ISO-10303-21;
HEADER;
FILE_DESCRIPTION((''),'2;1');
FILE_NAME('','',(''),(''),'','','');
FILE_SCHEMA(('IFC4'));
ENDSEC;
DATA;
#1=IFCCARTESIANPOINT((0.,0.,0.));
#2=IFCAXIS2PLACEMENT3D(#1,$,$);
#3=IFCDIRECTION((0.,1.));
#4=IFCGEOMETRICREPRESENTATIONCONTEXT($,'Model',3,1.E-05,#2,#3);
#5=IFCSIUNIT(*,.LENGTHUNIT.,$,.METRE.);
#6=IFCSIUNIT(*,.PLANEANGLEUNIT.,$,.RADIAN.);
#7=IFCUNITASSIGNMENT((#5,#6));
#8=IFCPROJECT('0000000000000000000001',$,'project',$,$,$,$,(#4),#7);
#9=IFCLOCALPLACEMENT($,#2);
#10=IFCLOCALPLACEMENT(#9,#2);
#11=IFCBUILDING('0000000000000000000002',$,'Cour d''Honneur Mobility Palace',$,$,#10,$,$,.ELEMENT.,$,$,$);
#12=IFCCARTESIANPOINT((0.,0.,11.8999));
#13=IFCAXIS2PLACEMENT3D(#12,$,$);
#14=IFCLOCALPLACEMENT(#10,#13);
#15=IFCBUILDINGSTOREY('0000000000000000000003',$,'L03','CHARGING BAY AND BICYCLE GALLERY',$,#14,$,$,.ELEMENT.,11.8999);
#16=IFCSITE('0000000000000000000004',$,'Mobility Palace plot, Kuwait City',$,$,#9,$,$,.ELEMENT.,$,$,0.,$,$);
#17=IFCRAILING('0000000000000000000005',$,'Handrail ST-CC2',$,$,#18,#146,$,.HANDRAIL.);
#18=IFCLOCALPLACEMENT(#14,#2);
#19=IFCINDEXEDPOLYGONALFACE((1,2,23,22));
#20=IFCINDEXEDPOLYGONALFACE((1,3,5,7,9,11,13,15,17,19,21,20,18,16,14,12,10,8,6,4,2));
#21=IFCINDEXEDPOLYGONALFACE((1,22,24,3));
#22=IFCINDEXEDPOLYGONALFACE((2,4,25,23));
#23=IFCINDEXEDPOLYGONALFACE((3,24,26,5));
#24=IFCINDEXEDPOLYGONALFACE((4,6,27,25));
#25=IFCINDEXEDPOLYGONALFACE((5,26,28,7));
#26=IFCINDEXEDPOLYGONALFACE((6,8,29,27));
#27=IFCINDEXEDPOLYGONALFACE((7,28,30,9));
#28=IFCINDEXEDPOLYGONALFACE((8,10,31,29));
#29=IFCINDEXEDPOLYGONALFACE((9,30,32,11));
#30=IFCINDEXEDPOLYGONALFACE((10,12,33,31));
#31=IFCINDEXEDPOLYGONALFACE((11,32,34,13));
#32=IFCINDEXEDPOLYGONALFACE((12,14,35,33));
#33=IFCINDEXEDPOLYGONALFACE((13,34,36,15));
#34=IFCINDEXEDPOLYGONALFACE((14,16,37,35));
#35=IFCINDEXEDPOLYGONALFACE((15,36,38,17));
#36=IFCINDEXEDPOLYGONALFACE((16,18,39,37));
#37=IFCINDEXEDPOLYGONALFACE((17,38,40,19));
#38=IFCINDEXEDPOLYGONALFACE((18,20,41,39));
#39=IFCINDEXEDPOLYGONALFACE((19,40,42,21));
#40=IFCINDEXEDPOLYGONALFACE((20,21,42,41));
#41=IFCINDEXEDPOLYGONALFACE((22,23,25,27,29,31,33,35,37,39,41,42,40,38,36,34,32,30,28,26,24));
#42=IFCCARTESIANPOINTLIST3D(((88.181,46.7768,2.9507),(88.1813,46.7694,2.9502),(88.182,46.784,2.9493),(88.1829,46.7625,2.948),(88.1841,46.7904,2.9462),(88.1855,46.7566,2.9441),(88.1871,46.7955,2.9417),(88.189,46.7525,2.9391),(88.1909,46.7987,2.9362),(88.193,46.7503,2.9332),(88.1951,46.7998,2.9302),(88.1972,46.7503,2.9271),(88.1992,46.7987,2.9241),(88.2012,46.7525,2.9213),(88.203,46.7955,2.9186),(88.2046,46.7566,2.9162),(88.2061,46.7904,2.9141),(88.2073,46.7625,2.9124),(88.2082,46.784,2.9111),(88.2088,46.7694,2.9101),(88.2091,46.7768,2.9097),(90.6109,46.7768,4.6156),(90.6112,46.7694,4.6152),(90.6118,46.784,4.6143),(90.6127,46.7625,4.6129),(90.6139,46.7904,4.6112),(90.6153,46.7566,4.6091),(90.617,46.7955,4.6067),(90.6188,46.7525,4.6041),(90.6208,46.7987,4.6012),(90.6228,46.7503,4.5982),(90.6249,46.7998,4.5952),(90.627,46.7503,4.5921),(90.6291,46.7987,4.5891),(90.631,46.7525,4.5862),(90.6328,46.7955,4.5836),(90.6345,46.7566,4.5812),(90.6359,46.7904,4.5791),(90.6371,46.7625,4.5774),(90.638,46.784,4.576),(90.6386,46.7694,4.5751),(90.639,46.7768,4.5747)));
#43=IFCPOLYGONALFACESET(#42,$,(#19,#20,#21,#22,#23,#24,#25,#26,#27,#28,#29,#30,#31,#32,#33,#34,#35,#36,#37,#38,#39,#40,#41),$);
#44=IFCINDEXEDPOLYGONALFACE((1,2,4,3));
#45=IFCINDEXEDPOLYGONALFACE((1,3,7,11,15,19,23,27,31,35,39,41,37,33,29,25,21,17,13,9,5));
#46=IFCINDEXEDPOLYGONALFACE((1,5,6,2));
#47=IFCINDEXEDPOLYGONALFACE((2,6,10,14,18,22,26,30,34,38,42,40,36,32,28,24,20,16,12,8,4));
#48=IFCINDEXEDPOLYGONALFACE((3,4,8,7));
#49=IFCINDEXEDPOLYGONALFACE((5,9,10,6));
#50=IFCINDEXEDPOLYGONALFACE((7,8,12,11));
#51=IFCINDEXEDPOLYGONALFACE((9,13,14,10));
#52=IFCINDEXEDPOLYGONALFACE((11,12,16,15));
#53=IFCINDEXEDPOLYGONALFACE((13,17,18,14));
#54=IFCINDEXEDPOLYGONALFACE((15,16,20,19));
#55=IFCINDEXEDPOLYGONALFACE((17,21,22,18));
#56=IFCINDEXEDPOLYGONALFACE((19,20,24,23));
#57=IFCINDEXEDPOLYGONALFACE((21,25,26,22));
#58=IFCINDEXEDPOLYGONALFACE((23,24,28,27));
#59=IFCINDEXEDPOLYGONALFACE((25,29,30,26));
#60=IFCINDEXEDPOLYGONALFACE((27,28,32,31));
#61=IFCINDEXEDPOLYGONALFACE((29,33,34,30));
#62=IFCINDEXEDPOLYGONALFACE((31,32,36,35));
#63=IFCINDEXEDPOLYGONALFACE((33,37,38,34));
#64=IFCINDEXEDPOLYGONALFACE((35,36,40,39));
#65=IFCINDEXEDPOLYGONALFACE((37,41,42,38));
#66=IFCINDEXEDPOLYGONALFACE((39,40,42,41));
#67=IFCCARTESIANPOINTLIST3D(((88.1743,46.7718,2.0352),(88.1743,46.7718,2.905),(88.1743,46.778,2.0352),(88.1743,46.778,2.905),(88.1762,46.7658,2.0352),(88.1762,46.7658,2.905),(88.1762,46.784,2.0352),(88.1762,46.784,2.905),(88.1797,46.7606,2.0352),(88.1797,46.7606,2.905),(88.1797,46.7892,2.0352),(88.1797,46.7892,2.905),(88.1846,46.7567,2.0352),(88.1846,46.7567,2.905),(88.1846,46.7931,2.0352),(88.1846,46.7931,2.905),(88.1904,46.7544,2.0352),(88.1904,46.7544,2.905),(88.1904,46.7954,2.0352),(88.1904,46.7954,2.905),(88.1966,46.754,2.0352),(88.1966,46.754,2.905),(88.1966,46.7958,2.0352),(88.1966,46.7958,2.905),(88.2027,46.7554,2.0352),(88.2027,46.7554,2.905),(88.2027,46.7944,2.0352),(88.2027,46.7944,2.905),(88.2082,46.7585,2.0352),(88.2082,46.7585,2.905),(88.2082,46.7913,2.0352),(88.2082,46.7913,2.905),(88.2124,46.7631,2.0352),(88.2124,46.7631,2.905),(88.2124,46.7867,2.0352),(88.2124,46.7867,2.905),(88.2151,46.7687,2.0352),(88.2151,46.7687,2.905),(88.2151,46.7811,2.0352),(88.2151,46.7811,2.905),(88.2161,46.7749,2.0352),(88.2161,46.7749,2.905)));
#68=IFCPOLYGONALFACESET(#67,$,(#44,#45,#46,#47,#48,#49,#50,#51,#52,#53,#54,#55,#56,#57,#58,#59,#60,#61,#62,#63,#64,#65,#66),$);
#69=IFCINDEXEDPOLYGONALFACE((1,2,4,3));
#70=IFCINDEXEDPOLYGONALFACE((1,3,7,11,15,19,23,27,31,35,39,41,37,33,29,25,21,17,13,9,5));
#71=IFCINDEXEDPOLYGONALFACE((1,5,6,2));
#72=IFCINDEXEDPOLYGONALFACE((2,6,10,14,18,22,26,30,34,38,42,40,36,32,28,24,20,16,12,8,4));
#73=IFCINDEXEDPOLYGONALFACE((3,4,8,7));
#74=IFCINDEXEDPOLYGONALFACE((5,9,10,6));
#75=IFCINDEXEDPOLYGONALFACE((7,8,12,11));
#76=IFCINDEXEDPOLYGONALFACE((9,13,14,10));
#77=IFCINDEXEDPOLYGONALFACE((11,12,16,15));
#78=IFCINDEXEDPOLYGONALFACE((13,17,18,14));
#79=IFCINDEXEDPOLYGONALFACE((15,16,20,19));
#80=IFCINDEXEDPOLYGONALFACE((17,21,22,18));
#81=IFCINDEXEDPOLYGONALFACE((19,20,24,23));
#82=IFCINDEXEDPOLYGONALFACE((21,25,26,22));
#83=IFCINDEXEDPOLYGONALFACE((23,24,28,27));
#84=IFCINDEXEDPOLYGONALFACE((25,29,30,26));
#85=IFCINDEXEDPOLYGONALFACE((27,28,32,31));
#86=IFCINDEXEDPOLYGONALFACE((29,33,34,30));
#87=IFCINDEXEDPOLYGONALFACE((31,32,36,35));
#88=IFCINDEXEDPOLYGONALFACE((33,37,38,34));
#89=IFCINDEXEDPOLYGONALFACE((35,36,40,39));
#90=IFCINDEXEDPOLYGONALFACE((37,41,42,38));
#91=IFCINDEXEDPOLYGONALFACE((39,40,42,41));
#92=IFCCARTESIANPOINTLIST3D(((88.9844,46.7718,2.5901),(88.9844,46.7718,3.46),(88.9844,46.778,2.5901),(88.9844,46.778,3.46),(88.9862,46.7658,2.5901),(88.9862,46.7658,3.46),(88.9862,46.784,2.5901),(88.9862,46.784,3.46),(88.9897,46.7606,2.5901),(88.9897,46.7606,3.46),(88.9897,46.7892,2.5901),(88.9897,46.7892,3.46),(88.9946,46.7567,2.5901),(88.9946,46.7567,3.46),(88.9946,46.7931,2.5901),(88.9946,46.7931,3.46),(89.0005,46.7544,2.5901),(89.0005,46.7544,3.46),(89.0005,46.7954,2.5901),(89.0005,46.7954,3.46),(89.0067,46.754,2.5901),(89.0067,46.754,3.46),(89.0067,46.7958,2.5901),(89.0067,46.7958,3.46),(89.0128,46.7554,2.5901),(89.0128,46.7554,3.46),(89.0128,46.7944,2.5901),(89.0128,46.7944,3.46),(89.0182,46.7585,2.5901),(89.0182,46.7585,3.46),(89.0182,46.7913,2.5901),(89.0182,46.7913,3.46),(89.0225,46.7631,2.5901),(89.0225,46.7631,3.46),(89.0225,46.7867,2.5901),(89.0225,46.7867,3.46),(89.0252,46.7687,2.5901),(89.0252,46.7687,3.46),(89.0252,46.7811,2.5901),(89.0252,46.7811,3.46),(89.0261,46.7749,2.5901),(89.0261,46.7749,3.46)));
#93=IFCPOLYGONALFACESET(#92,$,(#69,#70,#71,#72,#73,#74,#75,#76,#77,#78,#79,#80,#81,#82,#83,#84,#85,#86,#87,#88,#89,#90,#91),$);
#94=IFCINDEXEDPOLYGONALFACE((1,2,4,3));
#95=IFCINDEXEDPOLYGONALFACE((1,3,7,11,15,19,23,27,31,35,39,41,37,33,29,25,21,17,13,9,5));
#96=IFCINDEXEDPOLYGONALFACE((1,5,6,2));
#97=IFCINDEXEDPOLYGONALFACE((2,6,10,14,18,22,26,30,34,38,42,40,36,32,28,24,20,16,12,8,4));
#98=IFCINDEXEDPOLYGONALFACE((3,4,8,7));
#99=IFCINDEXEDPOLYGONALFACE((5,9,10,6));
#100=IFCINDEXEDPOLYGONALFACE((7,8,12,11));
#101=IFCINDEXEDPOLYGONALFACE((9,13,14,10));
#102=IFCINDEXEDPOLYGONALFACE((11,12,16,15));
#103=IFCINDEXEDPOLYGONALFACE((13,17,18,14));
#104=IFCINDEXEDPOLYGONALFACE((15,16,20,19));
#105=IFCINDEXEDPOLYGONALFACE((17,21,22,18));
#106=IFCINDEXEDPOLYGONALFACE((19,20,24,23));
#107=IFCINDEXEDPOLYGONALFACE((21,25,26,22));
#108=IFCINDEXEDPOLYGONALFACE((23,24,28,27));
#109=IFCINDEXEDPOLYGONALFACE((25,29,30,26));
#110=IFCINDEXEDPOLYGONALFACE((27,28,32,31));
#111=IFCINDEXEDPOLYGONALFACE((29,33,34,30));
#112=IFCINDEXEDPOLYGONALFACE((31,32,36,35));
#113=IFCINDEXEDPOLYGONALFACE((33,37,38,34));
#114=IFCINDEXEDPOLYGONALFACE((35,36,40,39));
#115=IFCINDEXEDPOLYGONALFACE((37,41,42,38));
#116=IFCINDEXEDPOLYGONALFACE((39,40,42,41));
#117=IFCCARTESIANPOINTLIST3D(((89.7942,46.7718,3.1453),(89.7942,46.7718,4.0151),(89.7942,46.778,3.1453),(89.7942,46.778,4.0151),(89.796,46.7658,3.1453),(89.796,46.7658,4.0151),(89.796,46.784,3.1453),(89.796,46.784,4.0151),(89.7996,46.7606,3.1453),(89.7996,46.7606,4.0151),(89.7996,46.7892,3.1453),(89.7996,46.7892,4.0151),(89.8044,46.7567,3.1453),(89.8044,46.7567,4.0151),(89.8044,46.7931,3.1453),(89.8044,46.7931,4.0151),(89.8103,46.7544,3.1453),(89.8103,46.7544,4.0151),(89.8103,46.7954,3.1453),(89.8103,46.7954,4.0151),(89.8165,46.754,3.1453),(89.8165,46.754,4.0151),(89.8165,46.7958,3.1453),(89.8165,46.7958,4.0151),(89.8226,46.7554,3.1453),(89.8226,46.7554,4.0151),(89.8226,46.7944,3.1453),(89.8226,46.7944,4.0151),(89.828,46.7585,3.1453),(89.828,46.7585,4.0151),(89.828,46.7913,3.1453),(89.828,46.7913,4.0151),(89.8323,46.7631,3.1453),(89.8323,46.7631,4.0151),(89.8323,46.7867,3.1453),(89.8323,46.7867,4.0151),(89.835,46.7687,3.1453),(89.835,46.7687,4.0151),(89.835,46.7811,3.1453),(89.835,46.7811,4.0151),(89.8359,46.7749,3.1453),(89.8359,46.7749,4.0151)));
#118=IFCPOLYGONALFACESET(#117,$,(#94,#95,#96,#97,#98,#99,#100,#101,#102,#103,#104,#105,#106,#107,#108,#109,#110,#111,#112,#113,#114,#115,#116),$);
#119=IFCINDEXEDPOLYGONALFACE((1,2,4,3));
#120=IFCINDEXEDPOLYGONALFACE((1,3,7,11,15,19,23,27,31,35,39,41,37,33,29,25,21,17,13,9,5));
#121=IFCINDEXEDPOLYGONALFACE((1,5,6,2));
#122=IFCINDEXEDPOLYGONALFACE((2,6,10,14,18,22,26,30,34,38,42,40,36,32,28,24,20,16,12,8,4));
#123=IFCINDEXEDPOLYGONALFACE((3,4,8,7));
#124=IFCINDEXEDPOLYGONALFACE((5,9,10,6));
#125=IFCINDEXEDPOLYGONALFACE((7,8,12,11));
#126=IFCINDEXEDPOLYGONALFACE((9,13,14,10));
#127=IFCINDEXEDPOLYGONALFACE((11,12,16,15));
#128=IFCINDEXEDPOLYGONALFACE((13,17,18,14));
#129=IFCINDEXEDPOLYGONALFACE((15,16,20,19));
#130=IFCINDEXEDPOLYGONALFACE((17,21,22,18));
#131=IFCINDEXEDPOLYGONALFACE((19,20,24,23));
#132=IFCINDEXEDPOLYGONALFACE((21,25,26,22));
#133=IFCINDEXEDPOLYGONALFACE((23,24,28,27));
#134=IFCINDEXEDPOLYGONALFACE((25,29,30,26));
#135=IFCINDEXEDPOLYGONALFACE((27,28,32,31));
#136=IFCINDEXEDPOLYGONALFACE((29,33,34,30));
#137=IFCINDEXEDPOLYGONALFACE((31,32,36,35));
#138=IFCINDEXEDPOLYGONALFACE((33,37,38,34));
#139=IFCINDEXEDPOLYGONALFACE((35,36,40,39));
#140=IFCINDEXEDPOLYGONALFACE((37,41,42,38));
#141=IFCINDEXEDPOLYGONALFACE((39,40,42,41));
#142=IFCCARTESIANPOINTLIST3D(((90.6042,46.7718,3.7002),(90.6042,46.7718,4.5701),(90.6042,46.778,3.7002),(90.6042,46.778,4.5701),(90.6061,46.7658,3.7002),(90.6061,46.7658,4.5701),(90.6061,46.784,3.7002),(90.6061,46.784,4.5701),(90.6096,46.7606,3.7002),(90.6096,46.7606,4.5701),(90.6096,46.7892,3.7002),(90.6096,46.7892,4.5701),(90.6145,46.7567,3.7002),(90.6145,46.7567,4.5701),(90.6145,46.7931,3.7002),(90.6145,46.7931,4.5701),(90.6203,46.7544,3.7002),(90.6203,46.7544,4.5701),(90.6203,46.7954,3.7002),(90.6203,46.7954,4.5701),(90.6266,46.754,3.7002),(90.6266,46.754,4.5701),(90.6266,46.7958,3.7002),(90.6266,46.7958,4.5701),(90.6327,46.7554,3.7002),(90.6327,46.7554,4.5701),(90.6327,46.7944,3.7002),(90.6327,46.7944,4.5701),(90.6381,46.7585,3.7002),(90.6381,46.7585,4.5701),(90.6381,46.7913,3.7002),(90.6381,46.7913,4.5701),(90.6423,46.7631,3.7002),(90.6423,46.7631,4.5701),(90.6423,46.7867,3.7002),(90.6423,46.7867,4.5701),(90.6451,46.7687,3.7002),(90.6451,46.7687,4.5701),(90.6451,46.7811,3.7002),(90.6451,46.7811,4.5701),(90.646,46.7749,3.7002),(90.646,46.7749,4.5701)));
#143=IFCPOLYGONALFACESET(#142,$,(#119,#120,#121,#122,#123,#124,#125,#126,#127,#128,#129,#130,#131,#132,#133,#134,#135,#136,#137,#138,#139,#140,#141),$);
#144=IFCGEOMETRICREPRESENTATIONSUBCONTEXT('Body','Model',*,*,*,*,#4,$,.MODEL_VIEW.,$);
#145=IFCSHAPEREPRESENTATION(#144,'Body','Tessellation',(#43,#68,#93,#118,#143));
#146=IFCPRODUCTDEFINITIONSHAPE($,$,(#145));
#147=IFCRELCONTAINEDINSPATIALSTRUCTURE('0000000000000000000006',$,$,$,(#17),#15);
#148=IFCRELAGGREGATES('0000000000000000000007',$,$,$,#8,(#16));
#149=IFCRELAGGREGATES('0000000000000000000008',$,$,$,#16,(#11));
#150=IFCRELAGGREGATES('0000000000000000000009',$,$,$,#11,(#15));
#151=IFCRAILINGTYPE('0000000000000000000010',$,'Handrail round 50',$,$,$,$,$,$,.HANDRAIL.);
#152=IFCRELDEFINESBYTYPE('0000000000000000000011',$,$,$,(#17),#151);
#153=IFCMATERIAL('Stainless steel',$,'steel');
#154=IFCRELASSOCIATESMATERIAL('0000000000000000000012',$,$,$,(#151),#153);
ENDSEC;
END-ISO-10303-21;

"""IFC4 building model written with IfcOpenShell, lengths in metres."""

from ifc_helpers import new_model, si_unit, direction, frame, origin, origin_2d, place, context, subcontext, project, spatial, circle, extrude, material, type_object, element, save


model = new_model("IFC4")

# Units and contexts
model_context = context("Model", 3, precision=1e-05, world=origin(), true_north=direction((0.0, 1.0)))
body_context = subcontext(model_context, "Body", "Model", "MODEL_VIEW")
ifc_project = project(units=[si_unit("LENGTHUNIT", "METRE"), si_unit("PLANEANGLEUNIT", "RADIAN")], contexts=[model_context])

# Site, building, storey
site_placement = place(None, origin())
site = spatial("IfcSite", under=ifc_project, at=site_placement, Name="Mobility Palace plot, Kuwait City", CompositionType="ELEMENT", RefElevation=0.0)
building_placement = place(site_placement, origin())
building = spatial("IfcBuilding", under=site, at=building_placement, Name="Cour d'Honneur Mobility Palace", CompositionType="ELEMENT")
storey_placement = place(building_placement, frame((0.0, 0.0, 11.8999)))
storey = spatial("IfcBuildingStorey", under=building, at=storey_placement, Name="L03", Description="CHARGING BAY AND BICYCLE GALLERY", CompositionType="ELEMENT", Elevation=11.8999)

# Railing
ifc_material_1 = material(Name="Stainless steel", Category="steel")
railing_type_1 = type_object("IfcRailingType", Name="Handrail round 50", PredefinedType="HANDRAIL", material=ifc_material_1)
for number, where, name in (
    (1, (88.1951, 46.7749, 2.0352), "Handrail ST-CC2"),
):
    element("IfcRailing", number, at=place(storey_placement, frame(where)), inside=storey, type_object=railing_type_1, Name=name, PredefinedType="HANDRAIL", context=body_context, shape_type="SweptSolid", body=[
        extrude(circle(Radius=0.0249, at=origin_2d()), frame((0.0, 0.0, 0.895), z_axis=(0.824919, 0.0, 0.565251), x_axis=(0.0, 1.0, 0.0)), (0.0, 0.0, 1.0), 2.9456),
        extrude(circle(Radius=0.021, at=origin_2d()), origin(), (0.0, 0.0, 1.0), 0.8699),
        extrude(circle(Radius=0.021, at=origin_2d()), frame((0.8101, 0.0, 0.5549)), (0.0, 0.0, 1.0), 0.8699),
        extrude(circle(Radius=0.021, at=origin_2d()), frame((1.6199, 0.0, 1.1101)), (0.0, 0.0, 1.0), 0.8699),
        extrude(circle(Radius=0.021, at=origin_2d()), frame((2.4299, 0.0, 1.665)), (0.0, 0.0, 1.0), 0.8699),
    ])

save(model, "model.ifc")
